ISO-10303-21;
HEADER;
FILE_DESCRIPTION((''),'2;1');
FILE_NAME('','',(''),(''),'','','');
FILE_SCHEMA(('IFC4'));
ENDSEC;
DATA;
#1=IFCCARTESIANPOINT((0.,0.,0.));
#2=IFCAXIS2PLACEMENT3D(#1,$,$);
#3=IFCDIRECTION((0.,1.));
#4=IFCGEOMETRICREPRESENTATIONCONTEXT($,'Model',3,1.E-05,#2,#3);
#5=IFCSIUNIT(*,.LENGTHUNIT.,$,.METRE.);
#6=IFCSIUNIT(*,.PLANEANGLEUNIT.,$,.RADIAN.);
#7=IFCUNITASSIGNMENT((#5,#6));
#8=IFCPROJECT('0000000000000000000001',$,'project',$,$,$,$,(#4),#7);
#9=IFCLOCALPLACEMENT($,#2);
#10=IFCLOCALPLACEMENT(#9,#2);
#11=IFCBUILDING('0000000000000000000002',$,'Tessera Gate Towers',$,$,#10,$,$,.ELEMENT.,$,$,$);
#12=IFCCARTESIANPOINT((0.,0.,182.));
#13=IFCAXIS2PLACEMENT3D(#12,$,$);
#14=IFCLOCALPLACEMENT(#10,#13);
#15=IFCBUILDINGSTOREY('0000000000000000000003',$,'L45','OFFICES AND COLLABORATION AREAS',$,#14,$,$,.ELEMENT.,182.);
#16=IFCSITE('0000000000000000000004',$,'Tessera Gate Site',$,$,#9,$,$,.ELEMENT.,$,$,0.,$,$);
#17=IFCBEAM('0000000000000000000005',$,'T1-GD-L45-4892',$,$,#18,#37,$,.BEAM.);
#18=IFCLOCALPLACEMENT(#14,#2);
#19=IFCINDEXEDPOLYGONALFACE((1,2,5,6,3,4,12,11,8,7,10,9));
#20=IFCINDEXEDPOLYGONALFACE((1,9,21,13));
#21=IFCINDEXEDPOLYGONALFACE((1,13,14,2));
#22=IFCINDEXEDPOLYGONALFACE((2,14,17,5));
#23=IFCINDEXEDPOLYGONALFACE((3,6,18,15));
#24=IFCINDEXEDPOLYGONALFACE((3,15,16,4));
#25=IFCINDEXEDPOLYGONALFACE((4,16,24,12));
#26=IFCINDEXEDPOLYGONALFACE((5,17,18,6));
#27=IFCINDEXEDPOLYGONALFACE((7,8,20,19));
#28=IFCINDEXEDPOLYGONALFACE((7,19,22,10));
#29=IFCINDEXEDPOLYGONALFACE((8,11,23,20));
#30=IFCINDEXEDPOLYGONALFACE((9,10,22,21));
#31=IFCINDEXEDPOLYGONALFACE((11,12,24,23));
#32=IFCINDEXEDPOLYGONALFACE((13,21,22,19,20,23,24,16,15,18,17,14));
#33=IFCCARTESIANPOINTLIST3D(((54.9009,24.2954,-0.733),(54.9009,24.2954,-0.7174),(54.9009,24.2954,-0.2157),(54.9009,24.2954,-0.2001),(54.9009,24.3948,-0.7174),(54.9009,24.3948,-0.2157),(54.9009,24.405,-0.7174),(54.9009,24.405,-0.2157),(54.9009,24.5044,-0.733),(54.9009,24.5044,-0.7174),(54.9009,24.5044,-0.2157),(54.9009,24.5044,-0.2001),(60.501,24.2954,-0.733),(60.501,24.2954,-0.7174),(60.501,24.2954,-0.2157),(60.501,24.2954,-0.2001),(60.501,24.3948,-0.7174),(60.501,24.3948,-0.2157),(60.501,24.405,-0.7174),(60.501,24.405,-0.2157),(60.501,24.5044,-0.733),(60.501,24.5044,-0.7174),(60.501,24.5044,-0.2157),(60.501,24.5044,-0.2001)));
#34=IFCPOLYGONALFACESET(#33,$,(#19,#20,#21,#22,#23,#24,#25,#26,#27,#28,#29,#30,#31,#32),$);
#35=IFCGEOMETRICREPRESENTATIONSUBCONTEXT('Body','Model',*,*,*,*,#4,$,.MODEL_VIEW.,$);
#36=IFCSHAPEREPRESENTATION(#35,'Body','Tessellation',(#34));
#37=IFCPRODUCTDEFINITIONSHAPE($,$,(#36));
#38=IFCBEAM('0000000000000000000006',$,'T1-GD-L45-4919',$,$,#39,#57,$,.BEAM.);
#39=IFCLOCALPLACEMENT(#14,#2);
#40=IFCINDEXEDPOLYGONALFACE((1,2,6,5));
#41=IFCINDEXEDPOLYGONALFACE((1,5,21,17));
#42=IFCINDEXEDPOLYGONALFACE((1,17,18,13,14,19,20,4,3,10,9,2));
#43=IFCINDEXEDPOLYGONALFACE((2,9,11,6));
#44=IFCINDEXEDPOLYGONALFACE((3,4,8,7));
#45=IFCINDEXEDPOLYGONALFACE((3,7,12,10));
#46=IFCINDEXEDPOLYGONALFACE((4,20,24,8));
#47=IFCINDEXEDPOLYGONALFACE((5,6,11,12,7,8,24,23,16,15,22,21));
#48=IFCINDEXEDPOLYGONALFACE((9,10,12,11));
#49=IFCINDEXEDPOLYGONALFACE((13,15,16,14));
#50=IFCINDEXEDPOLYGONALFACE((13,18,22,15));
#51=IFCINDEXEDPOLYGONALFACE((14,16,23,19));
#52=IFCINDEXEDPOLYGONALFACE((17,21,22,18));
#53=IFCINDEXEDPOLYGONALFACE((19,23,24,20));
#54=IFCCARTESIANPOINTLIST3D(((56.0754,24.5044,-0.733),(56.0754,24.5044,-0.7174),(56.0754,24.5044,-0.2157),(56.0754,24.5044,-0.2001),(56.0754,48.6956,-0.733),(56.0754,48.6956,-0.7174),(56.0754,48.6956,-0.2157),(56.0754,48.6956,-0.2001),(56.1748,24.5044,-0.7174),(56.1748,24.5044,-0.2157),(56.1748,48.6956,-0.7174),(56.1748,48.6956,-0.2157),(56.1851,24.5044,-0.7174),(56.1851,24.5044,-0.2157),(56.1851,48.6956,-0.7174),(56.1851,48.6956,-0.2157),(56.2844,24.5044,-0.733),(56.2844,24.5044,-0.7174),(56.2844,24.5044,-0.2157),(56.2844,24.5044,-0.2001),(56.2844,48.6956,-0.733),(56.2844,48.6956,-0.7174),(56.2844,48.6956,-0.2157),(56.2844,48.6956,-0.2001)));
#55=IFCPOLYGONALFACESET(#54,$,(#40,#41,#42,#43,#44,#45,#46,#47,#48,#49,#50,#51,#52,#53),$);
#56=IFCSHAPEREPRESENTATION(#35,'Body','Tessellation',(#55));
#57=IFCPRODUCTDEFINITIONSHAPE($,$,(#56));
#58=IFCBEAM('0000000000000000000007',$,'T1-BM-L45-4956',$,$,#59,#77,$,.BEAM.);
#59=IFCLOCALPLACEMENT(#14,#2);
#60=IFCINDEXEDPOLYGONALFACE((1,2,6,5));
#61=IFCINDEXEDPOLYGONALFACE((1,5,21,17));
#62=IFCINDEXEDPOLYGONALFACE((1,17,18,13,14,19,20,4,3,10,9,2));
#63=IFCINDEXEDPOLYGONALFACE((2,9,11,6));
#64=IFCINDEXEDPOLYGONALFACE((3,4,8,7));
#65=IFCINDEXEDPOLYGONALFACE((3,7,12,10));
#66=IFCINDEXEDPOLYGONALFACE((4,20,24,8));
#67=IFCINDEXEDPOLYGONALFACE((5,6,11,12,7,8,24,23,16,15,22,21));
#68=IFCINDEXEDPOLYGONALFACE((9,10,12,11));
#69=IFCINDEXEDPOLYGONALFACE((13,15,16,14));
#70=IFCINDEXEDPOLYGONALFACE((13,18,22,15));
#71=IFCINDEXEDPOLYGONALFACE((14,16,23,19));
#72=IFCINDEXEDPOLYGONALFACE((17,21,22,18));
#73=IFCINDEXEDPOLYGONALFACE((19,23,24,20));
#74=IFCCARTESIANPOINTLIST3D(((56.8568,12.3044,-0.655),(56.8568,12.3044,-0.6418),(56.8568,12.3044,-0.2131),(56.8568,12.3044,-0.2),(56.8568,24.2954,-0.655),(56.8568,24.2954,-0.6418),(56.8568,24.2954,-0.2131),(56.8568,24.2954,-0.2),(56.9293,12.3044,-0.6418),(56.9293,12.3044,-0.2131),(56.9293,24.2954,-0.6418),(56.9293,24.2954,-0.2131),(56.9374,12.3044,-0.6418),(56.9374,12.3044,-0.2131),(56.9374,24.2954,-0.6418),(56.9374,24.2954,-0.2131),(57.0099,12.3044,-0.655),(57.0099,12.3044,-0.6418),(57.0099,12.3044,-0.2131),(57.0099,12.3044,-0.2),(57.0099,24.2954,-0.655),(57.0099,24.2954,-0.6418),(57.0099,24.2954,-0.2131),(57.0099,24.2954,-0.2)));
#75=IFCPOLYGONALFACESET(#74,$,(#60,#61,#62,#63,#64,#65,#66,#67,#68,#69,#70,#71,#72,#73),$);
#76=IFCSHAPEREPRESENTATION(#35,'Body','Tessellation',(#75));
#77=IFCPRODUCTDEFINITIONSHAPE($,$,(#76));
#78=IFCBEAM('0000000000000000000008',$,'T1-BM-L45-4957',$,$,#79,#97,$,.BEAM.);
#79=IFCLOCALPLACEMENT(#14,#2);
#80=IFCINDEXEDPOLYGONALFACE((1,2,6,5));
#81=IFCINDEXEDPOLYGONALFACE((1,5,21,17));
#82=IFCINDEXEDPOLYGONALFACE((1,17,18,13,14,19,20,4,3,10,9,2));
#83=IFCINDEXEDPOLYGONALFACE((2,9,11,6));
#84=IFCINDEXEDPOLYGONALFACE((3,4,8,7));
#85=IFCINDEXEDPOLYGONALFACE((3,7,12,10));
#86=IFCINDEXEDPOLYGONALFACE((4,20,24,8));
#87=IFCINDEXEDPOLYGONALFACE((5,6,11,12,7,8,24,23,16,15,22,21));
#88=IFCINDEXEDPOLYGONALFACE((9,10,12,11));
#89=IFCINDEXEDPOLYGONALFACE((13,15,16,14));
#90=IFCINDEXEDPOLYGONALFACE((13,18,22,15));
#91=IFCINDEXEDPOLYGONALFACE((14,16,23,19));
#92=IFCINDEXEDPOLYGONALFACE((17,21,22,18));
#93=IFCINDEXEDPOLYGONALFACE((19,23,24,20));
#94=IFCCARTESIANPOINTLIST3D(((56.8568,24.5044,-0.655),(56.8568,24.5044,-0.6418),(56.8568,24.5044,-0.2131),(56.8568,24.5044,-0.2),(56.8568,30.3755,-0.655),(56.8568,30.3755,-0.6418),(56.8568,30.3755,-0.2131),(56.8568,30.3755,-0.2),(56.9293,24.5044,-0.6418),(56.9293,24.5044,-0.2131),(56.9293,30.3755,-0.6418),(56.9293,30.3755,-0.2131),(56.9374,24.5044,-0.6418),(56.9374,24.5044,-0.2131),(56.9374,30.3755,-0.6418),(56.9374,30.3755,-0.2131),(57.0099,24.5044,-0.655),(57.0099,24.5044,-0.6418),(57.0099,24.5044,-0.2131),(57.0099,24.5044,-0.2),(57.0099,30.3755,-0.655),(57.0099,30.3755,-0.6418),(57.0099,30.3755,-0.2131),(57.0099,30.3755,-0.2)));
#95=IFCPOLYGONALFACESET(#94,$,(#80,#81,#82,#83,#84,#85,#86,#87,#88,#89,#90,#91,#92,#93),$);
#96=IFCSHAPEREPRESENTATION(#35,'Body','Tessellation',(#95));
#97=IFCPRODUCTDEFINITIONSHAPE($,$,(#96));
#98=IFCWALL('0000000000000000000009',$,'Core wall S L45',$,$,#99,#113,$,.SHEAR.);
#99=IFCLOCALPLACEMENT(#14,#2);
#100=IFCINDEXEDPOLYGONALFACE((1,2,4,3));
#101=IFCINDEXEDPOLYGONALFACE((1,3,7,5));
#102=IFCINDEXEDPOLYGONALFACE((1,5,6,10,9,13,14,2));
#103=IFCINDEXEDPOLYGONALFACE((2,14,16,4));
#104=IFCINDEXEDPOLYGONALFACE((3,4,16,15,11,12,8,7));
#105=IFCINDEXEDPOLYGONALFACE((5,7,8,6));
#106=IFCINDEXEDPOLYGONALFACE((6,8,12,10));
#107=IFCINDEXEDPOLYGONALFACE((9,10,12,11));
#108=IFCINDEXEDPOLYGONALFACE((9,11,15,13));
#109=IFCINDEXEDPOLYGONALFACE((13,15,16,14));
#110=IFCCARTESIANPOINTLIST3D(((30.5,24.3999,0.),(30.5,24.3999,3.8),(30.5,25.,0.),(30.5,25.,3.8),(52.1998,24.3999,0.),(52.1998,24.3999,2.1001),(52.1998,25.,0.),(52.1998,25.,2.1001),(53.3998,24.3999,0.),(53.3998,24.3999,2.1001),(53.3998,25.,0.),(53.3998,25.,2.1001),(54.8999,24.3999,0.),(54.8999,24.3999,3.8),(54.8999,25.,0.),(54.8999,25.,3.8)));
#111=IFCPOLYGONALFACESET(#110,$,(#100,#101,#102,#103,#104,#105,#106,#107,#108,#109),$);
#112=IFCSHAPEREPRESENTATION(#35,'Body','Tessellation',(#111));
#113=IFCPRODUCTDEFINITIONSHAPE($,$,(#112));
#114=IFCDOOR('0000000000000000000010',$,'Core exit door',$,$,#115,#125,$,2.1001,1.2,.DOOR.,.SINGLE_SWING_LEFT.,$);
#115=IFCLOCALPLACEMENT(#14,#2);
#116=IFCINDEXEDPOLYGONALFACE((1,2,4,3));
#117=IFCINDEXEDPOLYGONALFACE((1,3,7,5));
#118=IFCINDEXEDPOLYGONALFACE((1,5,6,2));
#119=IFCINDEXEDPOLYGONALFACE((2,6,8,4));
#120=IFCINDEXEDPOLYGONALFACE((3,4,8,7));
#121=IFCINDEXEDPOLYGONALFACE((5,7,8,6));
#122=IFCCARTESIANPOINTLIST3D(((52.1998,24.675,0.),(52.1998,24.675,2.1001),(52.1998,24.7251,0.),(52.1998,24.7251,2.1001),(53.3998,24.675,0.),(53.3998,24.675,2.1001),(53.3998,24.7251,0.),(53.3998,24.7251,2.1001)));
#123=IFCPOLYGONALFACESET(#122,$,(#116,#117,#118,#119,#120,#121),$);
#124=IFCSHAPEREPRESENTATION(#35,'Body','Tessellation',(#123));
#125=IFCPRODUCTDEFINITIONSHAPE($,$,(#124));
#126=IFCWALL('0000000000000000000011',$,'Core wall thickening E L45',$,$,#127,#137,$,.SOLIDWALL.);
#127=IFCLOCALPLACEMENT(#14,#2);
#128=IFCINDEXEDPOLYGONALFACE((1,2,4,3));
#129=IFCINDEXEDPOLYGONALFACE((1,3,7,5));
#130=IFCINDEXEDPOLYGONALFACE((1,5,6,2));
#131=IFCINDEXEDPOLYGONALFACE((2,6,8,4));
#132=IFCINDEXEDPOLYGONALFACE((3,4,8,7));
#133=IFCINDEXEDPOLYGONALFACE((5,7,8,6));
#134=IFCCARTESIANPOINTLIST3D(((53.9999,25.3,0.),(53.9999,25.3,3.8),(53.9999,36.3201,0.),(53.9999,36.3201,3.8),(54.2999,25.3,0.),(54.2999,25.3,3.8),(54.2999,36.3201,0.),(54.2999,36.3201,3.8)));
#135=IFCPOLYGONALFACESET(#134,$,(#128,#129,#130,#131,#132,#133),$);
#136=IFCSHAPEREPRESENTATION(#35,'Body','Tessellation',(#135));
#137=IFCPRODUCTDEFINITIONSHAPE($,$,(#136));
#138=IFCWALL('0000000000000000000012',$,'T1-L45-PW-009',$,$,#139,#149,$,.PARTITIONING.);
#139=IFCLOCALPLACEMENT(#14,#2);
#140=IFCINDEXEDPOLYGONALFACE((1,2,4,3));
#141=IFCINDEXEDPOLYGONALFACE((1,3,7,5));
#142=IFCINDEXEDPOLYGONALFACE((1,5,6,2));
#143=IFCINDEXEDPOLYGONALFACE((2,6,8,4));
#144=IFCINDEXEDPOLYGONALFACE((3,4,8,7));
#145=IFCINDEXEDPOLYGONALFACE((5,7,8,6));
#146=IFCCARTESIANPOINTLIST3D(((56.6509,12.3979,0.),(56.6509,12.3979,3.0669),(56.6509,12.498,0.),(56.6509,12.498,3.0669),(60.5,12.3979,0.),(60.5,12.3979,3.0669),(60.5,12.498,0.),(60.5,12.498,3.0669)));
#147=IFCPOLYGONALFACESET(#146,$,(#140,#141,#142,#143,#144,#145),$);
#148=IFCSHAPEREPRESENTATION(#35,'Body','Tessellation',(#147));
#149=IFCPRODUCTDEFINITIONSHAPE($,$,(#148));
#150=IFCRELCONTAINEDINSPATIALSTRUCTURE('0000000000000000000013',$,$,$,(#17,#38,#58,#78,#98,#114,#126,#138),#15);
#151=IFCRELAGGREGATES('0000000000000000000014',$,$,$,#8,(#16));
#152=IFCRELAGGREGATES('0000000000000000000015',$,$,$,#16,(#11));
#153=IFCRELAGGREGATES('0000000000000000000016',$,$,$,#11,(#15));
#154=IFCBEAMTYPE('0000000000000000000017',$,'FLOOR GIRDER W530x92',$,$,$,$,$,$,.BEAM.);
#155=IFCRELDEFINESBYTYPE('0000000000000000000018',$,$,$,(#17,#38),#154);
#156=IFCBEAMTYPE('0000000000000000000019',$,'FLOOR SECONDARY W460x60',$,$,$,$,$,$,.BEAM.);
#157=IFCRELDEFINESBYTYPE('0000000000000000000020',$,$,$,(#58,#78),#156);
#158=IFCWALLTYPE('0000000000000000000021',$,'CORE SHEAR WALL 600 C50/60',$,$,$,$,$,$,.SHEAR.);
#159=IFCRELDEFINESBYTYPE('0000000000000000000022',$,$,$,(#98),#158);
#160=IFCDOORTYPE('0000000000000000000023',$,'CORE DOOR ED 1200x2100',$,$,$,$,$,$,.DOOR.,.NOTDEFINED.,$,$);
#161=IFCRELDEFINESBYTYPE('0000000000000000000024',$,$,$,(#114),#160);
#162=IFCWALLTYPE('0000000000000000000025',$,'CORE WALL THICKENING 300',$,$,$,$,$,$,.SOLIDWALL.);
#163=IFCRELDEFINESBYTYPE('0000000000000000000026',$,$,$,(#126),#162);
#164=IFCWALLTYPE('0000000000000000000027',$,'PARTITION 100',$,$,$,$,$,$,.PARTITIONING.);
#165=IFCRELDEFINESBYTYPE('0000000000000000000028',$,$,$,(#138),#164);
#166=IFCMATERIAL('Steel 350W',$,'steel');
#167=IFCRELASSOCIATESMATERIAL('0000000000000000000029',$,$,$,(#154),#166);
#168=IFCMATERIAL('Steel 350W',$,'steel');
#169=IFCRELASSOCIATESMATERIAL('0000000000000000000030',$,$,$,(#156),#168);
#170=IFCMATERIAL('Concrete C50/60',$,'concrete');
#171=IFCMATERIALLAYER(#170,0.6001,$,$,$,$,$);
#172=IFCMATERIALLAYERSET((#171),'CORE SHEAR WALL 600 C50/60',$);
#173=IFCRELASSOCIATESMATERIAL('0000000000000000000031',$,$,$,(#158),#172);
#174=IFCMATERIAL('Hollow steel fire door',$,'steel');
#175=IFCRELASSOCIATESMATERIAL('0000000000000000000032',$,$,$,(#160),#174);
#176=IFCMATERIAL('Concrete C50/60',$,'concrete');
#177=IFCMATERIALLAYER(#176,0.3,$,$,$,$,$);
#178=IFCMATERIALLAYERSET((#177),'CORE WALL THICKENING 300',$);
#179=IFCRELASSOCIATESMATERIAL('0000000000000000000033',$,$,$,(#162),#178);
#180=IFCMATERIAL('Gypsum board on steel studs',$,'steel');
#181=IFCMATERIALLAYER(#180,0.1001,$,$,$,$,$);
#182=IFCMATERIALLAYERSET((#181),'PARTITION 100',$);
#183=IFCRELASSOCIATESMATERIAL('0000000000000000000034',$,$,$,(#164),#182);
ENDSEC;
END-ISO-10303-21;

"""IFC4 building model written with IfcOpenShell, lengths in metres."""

from ifc_helpers import new_model, si_unit, direction, frame, frame_2d, origin, origin_2d, place, context, subcontext, project, spatial, rectangle, i_section, extrude, source, transform, mapped, material, layer, layer_set, material_profile, profile_set, type_object, element, fill, save


model = new_model("IFC4")

# Units and contexts
model_context = context("Model", 3, precision=1e-05, world=origin(), true_north=direction((0.0, 1.0)))
body_context = subcontext(model_context, "Body", "Model", "MODEL_VIEW")
ifc_project = project(units=[si_unit("LENGTHUNIT", "METRE"), si_unit("PLANEANGLEUNIT", "RADIAN")], contexts=[model_context])

# Site, building, storey
site_placement = place(None, origin())
site = spatial("IfcSite", under=ifc_project, at=site_placement, Name="Tessera Gate Site", CompositionType="ELEMENT", RefElevation=0.0)
building_placement = place(site_placement, origin())
building = spatial("IfcBuilding", under=site, at=building_placement, Name="Tessera Gate Towers", CompositionType="ELEMENT")
storey_placement = place(building_placement, frame((0.0, 0.0, 182.0)))
storey = spatial("IfcBuildingStorey", under=building, at=storey_placement, Name="L45", Description="OFFICES AND COLLABORATION AREAS", CompositionType="ELEMENT", Elevation=182.0)

# Beams
ifc_material_1 = material(Name="Steel 350W", Category="steel")
ifc_material_profile_1 = material_profile(ifc_material_1, i_section(OverallWidth=0.209, OverallDepth=0.533, WebThickness=0.0103, FlangeThickness=0.0156, at=origin_2d()), Name="W530x92")
ifc_profile_set_1 = profile_set([ifc_material_profile_1], Name="Steel 350W")
beam_type_1 = type_object("IfcBeamType", Name="FLOOR GIRDER W530x92", PredefinedType="BEAM", material=ifc_profile_set_1)
beam_1_placement = place(storey_placement, frame((54.9009, 24.3999, -0.4666), z_axis=(1.0, 0.0, 0.0), x_axis=(0.0, 1.0, 0.0)))
element("IfcBeam", 1, at=beam_1_placement, inside=storey, type_object=beam_type_1, Name="T1-GD-L45-4892", PredefinedType="BEAM", context=body_context, shape_type="SweptSolid", body=[
    extrude(i_section(OverallWidth=0.209, OverallDepth=0.533, WebThickness=0.0103, FlangeThickness=0.0156, at=origin_2d()), origin(), (0.0, 0.0, 1.0), 5.6001),
])
beam_2_placement = place(storey_placement, frame((56.1799, 24.5044, -0.4666), z_axis=(0.0, 1.0, 0.0), x_axis=(-1.0, 0.0, 0.0)))
element("IfcBeam", 2, at=beam_2_placement, inside=storey, type_object=beam_type_1, Name="T1-GD-L45-4919", PredefinedType="BEAM", context=body_context, shape_type="SweptSolid", body=[
    extrude(i_section(OverallWidth=0.209, OverallDepth=0.533, WebThickness=0.0103, FlangeThickness=0.0156, at=origin_2d()), origin(), (0.0, 0.0, 1.0), 24.1912),
])
ifc_material_2 = material(Name="Steel 350W", Category="steel")
ifc_material_profile_2 = material_profile(ifc_material_2, i_section(OverallWidth=0.1531, OverallDepth=0.4551, WebThickness=0.0081, FlangeThickness=0.0132, at=origin_2d()), Name="W460x60")
ifc_profile_set_2 = profile_set([ifc_material_profile_2], Name="Steel 350W")
beam_type_2 = type_object("IfcBeamType", Name="FLOOR SECONDARY W460x60", PredefinedType="BEAM", material=ifc_profile_set_2)
beam_3_placement = place(storey_placement, frame((56.9333, 12.3044, -0.4275), z_axis=(0.0, 1.0, 0.0), x_axis=(-1.0, 0.0, 0.0)))
element("IfcBeam", 3, at=beam_3_placement, inside=storey, type_object=beam_type_2, Name="T1-BM-L45-4956", PredefinedType="BEAM", context=body_context, shape_type="SweptSolid", body=[
    extrude(i_section(OverallWidth=0.1531, OverallDepth=0.4551, WebThickness=0.0081, FlangeThickness=0.0132, at=origin_2d()), origin(), (0.0, 0.0, 1.0), 11.991),
])
beam_4_placement = place(storey_placement, frame((56.9333, 24.5044, -0.4275), z_axis=(0.0, 1.0, 0.0), x_axis=(-1.0, 0.0, 0.0)))
element("IfcBeam", 4, at=beam_4_placement, inside=storey, type_object=beam_type_2, Name="T1-BM-L45-4957", PredefinedType="BEAM", context=body_context, shape_type="SweptSolid", body=[
    extrude(i_section(OverallWidth=0.1531, OverallDepth=0.4551, WebThickness=0.0081, FlangeThickness=0.0132, at=origin_2d()), origin(), (0.0, 0.0, 1.0), 5.8711),
])

# Wall, opening, door
ifc_material_3 = material(Name="Concrete C50/60", Category="concrete")
ifc_layer_1 = layer(ifc_material_3, 0.6001)
ifc_layer_set_1 = layer_set([ifc_layer_1], Name="CORE SHEAR WALL 600 C50/60")
wall_type_1 = type_object("IfcWallType", Name="CORE SHEAR WALL 600 C50/60", PredefinedType="SHEAR", material=ifc_layer_set_1)
wall_1_placement = place(storey_placement, frame((54.8999, 24.7, 0.0), z_axis=(0.0, 0.0, 1.0), x_axis=(-1.0, 0.0, 0.0)))
wall_1 = element("IfcWall", 5, at=wall_1_placement, inside=storey, type_object=wall_type_1, Name="Core wall S L45", PredefinedType="SHEAR", context=body_context, shape_type="SweptSolid", body=[
    extrude(rectangle(XDim=24.3999, YDim=0.6001, at=frame_2d((12.2, 0.0))), origin(), (0.0, 0.0, 1.0), 3.8),
])
shared_shape_1 = source(origin(), body_context, "Body", "SweptSolid", [
    extrude(rectangle(XDim=1.2, YDim=2.1001, at=frame_2d((0.6001, 1.05))), frame((0.0, 0.3101, 0.0), z_axis=(0.0, -1.0, 0.0), x_axis=(1.0, 0.0, 0.0)), (0.0, 0.0, 1.0), 0.6201),
])
opening_1_placement = place(wall_1_placement, frame((1.5, 0.0, 0.0)))
opening_1 = element("IfcOpeningElement", 6, at=opening_1_placement, cuts=wall_1, PredefinedType="OPENING", context=body_context, shape_type="MappedRepresentation", body=[
    mapped(shared_shape_1, transform((0.0, 0.0, 0.0), scale=1.0)),
])
ifc_material_4 = material(Name="Hollow steel fire door", Category="steel")
door_type_1 = type_object("IfcDoorType", Name="CORE DOOR ED 1200x2100", OperationType="NOTDEFINED", PredefinedType="DOOR", material=ifc_material_4)
shared_shape_2 = source(origin(), body_context, "Body", "SweptSolid", [
    extrude(rectangle(XDim=1.2, YDim=2.1001, at=frame_2d((0.6001, 1.05))), frame((0.0, 0.0249, 0.0), z_axis=(0.0, -1.0, 0.0), x_axis=(1.0, 0.0, 0.0)), (0.0, 0.0, 1.0), 0.05),
])
door_1_placement = place(opening_1_placement, origin())
door_1 = element("IfcDoor", 7, at=door_1_placement, inside=storey, type_object=door_type_1, Name="Core exit door", OperationType="SINGLE_SWING_LEFT", OverallHeight=2.1001, OverallWidth=1.2, PredefinedType="DOOR", context=body_context, shape_type="MappedRepresentation", body=[
    mapped(shared_shape_2, transform((0.0, 0.0, 0.0), scale=1.0)),
])
fill(opening_1, door_1)

# Walls
ifc_material_5 = material(Name="Concrete C50/60", Category="concrete")
ifc_layer_2 = layer(ifc_material_5, 0.3)
ifc_layer_set_2 = layer_set([ifc_layer_2], Name="CORE WALL THICKENING 300")
wall_type_2 = type_object("IfcWallType", Name="CORE WALL THICKENING 300", PredefinedType="SOLIDWALL", material=ifc_layer_set_2)
wall_2_placement = place(storey_placement, frame((54.1499, 25.3, 0.0), z_axis=(0.0, 0.0, 1.0), x_axis=(0.0, 1.0, 0.0)))
element("IfcWall", 8, at=wall_2_placement, inside=storey, type_object=wall_type_2, Name="Core wall thickening E L45", PredefinedType="SOLIDWALL", context=body_context, shape_type="SweptSolid", body=[
    extrude(rectangle(XDim=11.02, YDim=0.3, at=frame_2d((5.51, 0.0))), origin(), (0.0, 0.0, 1.0), 3.8),
])
ifc_material_6 = material(Name="Gypsum board on steel studs", Category="steel")
ifc_layer_3 = layer(ifc_material_6, 0.1001)
ifc_layer_set_3 = layer_set([ifc_layer_3], Name="PARTITION 100")
wall_type_3 = type_object("IfcWallType", Name="PARTITION 100", PredefinedType="PARTITIONING", material=ifc_layer_set_3)
wall_3_placement = place(storey_placement, frame((56.6509, 12.448, 0.0), z_axis=(0.0, 0.0, 1.0), x_axis=(1.0, 0.0, 0.0)))
element("IfcWall", 9, at=wall_3_placement, inside=storey, type_object=wall_type_3, Name="T1-L45-PW-009", PredefinedType="PARTITIONING", context=body_context, shape_type="SweptSolid", body=[
    extrude(rectangle(XDim=3.8491, YDim=0.1001, at=frame_2d((1.9246, 0.0))), origin(), (0.0, 0.0, 1.0), 3.0669),
])

save(model, "model.ifc")
